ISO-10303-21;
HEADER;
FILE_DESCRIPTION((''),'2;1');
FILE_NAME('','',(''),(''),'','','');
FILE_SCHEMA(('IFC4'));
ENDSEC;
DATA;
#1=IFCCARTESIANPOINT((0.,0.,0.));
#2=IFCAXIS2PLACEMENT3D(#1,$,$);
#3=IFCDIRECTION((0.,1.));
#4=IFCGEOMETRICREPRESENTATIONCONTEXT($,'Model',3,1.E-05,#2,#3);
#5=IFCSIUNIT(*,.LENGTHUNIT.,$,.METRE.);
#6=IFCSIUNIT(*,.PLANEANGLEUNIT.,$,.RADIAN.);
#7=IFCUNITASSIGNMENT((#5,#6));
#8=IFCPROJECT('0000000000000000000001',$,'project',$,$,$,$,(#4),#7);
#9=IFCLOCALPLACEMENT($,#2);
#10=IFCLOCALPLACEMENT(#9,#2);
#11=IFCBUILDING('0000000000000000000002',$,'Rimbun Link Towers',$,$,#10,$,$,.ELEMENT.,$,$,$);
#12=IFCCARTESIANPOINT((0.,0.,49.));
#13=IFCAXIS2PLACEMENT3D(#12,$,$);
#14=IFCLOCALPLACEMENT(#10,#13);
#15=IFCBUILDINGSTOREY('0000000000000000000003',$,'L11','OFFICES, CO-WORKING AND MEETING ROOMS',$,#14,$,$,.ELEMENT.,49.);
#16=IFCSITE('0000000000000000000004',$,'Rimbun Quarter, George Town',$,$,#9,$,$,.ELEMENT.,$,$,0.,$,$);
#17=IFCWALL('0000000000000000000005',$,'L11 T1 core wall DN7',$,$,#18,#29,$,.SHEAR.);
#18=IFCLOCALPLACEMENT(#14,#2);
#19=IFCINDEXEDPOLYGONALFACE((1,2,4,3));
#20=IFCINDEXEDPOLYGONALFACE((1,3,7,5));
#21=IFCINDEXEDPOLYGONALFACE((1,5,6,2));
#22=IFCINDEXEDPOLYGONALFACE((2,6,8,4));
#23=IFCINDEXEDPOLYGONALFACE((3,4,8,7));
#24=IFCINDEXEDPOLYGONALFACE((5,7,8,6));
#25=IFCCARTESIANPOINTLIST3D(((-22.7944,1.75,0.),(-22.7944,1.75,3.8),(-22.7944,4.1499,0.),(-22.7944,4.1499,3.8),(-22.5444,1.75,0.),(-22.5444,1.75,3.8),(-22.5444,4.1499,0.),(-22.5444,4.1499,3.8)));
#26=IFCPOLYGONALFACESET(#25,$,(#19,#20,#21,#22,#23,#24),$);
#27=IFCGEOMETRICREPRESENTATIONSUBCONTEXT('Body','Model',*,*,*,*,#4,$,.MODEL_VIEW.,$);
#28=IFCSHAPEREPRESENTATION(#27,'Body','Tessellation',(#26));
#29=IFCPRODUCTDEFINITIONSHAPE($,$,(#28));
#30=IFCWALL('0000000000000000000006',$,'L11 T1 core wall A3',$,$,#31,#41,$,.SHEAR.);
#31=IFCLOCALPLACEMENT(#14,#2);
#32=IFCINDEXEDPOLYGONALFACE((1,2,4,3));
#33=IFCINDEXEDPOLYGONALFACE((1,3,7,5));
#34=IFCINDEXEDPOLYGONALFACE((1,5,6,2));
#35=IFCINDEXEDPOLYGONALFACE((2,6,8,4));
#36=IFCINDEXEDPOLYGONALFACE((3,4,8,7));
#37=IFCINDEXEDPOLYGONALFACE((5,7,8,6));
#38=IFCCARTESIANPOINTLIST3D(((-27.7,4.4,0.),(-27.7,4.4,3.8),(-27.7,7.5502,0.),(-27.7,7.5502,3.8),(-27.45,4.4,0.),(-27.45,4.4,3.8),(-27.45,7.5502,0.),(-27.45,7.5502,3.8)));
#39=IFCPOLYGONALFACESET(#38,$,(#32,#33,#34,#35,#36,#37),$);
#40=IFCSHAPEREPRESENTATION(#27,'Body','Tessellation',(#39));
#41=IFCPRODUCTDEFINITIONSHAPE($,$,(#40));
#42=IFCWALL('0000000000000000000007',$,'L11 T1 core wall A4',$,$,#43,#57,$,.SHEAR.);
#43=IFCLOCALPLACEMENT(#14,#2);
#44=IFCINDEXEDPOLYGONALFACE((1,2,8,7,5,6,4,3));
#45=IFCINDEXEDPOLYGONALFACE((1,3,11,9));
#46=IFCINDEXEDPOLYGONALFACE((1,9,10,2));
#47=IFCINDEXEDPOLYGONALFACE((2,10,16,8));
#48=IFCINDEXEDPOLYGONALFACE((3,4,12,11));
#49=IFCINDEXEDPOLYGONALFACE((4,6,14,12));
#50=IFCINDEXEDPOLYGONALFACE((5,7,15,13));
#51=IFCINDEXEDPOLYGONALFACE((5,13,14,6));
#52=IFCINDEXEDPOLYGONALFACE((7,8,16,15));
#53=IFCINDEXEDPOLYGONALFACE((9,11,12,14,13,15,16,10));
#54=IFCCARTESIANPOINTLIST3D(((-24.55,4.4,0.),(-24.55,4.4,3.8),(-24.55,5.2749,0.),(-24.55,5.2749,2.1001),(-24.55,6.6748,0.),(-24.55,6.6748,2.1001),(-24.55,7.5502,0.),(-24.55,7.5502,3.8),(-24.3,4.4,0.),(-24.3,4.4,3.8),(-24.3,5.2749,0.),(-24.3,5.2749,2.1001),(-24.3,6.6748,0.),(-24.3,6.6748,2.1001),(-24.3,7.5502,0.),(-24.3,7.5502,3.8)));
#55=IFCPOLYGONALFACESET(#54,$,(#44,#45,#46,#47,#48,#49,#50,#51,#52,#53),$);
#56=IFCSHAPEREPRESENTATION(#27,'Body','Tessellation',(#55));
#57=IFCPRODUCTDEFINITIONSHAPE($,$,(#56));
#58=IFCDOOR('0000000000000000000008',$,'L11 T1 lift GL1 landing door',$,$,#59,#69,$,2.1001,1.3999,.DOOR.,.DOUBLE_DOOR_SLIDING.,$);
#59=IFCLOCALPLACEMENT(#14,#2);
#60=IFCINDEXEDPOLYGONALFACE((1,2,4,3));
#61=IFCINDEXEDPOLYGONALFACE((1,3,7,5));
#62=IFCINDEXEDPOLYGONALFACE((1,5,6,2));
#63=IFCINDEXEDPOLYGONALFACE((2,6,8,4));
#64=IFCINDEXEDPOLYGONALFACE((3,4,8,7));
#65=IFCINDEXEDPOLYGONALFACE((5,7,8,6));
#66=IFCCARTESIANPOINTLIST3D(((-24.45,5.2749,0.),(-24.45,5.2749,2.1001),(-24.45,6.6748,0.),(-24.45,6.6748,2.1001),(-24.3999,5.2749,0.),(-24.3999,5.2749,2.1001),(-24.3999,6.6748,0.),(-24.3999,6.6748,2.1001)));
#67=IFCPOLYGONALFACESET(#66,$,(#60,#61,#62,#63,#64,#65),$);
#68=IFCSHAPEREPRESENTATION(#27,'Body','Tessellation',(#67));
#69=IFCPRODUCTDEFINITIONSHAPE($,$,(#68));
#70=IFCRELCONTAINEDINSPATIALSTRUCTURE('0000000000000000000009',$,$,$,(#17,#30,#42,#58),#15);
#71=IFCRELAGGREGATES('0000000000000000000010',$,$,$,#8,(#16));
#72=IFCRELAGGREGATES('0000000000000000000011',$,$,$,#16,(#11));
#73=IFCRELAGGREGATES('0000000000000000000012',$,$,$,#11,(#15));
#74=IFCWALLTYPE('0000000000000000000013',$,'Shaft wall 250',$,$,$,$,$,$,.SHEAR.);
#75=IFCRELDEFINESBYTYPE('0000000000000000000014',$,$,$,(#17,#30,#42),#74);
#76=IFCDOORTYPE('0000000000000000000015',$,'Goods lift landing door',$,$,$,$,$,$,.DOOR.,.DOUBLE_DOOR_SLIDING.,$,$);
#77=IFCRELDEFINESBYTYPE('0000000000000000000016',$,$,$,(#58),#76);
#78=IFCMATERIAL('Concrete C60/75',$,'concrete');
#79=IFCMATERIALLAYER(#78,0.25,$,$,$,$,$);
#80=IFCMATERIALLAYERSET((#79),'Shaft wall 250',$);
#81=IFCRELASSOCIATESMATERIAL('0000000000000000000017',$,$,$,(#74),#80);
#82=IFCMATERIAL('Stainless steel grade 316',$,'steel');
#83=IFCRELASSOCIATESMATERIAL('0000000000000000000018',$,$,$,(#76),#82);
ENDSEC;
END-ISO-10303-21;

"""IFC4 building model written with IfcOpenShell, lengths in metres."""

from ifc_helpers import new_model, si_unit, direction, frame, frame_2d, origin, place, context, subcontext, project, spatial, rectangle, extrude, material, layer, layer_set, type_object, element, fill, save


model = new_model("IFC4")

# Units and contexts
model_context = context("Model", 3, precision=1e-05, world=origin(), true_north=direction((0.0, 1.0)))
body_context = subcontext(model_context, "Body", "Model", "MODEL_VIEW")
ifc_project = project(units=[si_unit("LENGTHUNIT", "METRE"), si_unit("PLANEANGLEUNIT", "RADIAN")], contexts=[model_context])

# Site, building, storey
site_placement = place(None, origin())
site = spatial("IfcSite", under=ifc_project, at=site_placement, Name="Rimbun Quarter, George Town", CompositionType="ELEMENT", RefElevation=0.0)
building_placement = place(site_placement, origin())
building = spatial("IfcBuilding", under=site, at=building_placement, Name="Rimbun Link Towers", CompositionType="ELEMENT")
storey_placement = place(building_placement, frame((0.0, 0.0, 49.0)))
storey = spatial("IfcBuildingStorey", under=building, at=storey_placement, Name="L11", Description="OFFICES, CO-WORKING AND MEETING ROOMS", CompositionType="ELEMENT", Elevation=49.0)

# Walls
ifc_material_1 = material(Name="Concrete C60/75", Category="concrete")
ifc_layer_1 = layer(ifc_material_1, 0.25)
ifc_layer_set_1 = layer_set([ifc_layer_1], Name="Shaft wall 250")
wall_type_1 = type_object("IfcWallType", Name="Shaft wall 250", PredefinedType="SHEAR", material=ifc_layer_set_1)
for number, where, z_axis, x_axis, name in (
    (1, (-22.6694, 1.75, 0.0), (0.0, 0.0, 1.0), (0.0, 1.0, 0.0), "L11 T1 core wall DN7"),
):
    element("IfcWall", number, at=place(storey_placement, frame(where, z_axis=z_axis, x_axis=x_axis)), inside=storey, type_object=wall_type_1, Name=name, PredefinedType="SHEAR", context=body_context, shape_type="SweptSolid", body=[
        extrude(rectangle(XDim=2.3999, YDim=0.25, at=frame_2d((1.2, 0.0))), origin(), (0.0, 0.0, 1.0), 3.8),
    ])
wall_1_placement = place(storey_placement, frame((-27.575, 4.3999, 0.0), z_axis=(0.0, 0.0, 1.0), x_axis=(0.0, 1.0, 0.0)))
element("IfcWall", 2, at=wall_1_placement, inside=storey, type_object=wall_type_1, Name="L11 T1 core wall A3", PredefinedType="SHEAR", context=body_context, shape_type="SweptSolid", body=[
    extrude(rectangle(XDim=3.1501, YDim=0.25, at=frame_2d((1.5752, 0.0))), origin(), (0.0, 0.0, 1.0), 3.8),
])

# Wall, opening, door
wall_2_placement = place(storey_placement, frame((-24.425, 4.3999, 0.0), z_axis=(0.0, 0.0, 1.0), x_axis=(0.0, 1.0, 0.0)))
wall_2 = element("IfcWall", 3, at=wall_2_placement, inside=storey, type_object=wall_type_1, Name="L11 T1 core wall A4", PredefinedType="SHEAR", context=body_context, shape_type="SweptSolid", body=[
    extrude(rectangle(XDim=3.1501, YDim=0.25, at=frame_2d((1.5752, 0.0))), origin(), (0.0, 0.0, 1.0), 3.8),
])
opening_1_placement = place(wall_2_placement, frame((0.875, 0.0, 0.0)))
opening_1 = element("IfcOpeningElement", 4, at=opening_1_placement, cuts=wall_2, PredefinedType="OPENING", context=body_context, shape_type="SweptSolid", body=[
    extrude(rectangle(XDim=1.3999, YDim=2.1001, at=frame_2d((0.7, 1.05))), frame((0.0, 0.135, 0.0), z_axis=(0.0, -1.0, 0.0), x_axis=(1.0, 0.0, 0.0)), (0.0, 0.0, 1.0), 0.27),
])
ifc_material_2 = material(Name="Stainless steel grade 316", Category="steel")
door_type_1 = type_object("IfcDoorType", Name="Goods lift landing door", OperationType="DOUBLE_DOOR_SLIDING", PredefinedType="DOOR", material=ifc_material_2)
door_1_placement = place(opening_1_placement, origin())
door_1 = element("IfcDoor", 5, at=door_1_placement, inside=storey, type_object=door_type_1, Name="L11 T1 lift GL1 landing door", OperationType="DOUBLE_DOOR_SLIDING", OverallHeight=2.1001, OverallWidth=1.3999, PredefinedType="DOOR", context=body_context, shape_type="SweptSolid", body=[
    extrude(rectangle(XDim=1.3999, YDim=2.1001, at=frame_2d((0.7, 1.05))), frame((0.0, 0.0249, 0.0), z_axis=(0.0, -1.0, 0.0), x_axis=(1.0, 0.0, 0.0)), (0.0, 0.0, 1.0), 0.05),
])
fill(opening_1, door_1)

save(model, "model.ifc")
